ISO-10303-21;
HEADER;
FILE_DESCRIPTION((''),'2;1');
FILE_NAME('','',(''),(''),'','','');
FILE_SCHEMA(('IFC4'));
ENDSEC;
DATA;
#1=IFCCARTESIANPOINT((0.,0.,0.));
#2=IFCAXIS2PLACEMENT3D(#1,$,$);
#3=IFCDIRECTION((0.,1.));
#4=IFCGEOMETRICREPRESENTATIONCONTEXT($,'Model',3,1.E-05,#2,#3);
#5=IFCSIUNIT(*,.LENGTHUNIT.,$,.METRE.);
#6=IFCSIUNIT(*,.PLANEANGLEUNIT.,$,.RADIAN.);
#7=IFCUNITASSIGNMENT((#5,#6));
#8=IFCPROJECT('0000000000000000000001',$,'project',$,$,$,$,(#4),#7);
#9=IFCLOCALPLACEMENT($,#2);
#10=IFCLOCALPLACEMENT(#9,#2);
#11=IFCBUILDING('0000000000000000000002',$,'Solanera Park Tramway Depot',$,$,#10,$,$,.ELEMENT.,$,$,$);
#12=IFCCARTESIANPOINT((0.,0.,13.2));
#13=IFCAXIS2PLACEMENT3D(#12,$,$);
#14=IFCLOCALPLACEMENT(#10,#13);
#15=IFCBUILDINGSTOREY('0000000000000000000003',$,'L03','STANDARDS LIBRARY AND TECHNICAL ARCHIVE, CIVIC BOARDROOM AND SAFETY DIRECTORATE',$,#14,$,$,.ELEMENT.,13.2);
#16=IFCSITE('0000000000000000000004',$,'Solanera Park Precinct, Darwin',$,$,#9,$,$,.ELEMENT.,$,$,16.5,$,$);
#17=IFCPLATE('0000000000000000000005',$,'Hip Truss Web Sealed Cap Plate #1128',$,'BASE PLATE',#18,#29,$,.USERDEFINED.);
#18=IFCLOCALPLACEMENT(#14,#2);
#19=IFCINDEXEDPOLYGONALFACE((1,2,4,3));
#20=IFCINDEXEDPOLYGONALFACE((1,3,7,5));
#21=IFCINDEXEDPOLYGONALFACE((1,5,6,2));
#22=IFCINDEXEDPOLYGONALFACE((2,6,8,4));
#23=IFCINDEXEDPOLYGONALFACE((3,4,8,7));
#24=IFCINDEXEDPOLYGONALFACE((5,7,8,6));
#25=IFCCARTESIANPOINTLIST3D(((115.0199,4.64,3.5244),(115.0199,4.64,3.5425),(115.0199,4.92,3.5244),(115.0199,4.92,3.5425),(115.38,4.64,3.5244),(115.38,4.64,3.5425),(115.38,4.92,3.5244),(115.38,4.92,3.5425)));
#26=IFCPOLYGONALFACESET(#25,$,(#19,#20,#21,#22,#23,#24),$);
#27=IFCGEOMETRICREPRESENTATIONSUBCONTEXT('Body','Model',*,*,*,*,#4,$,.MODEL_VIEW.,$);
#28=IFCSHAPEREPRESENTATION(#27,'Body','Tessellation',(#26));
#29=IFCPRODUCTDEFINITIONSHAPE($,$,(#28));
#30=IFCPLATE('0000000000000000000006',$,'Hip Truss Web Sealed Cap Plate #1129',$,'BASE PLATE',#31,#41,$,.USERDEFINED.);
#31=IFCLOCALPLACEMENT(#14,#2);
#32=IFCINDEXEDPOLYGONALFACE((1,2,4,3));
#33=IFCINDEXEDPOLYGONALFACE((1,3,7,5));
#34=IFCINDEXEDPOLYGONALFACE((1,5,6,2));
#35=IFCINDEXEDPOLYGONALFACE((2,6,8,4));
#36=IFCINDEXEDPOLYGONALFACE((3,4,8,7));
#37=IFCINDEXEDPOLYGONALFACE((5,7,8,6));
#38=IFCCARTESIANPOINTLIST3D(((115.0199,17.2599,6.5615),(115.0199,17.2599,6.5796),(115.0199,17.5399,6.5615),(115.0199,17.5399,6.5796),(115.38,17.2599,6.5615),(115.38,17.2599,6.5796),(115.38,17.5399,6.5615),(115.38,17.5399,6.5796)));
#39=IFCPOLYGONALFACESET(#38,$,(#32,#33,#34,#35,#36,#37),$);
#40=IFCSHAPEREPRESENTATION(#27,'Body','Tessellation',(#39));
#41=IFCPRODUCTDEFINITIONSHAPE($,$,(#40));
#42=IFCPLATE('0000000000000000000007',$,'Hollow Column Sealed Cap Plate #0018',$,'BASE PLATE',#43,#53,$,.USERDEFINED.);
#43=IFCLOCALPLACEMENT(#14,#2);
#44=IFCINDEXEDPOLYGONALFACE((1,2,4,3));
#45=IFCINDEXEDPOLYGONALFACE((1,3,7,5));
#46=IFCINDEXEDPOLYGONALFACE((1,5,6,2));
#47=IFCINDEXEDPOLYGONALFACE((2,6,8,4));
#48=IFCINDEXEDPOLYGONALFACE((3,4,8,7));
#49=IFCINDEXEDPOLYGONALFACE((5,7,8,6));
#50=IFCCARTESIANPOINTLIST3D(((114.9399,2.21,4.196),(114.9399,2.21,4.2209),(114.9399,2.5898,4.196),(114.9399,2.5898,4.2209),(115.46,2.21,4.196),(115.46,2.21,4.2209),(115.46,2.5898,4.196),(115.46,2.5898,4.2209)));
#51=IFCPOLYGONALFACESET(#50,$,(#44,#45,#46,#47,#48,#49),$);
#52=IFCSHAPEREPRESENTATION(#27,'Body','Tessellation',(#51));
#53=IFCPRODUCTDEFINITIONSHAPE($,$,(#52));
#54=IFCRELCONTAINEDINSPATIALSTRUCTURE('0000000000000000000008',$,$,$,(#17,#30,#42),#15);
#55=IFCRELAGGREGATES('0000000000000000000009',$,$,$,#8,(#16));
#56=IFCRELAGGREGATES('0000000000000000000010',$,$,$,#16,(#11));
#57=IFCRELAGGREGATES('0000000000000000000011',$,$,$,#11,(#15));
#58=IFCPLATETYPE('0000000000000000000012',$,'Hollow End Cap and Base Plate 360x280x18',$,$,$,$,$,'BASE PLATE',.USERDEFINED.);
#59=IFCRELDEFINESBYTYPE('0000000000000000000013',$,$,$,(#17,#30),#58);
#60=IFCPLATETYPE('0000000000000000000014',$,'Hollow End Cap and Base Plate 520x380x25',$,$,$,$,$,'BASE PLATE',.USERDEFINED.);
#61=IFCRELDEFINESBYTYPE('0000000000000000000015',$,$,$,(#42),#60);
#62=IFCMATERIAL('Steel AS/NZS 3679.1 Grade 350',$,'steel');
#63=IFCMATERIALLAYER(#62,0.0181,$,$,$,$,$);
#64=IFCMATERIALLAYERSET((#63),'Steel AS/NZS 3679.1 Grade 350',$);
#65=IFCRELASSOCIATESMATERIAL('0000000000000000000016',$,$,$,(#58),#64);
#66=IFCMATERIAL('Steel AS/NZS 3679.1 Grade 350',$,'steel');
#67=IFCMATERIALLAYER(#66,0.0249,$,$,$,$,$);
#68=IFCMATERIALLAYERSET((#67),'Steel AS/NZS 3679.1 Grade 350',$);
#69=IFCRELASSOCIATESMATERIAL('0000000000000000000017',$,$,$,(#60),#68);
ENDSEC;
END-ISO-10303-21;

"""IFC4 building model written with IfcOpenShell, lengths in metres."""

from ifc_helpers import new_model, si_unit, direction, frame, origin, origin_2d, place, context, subcontext, project, spatial, rectangle, extrude, material, layer, layer_set, type_object, element, save


model = new_model("IFC4")

# Units and contexts
model_context = context("Model", 3, precision=1e-05, world=origin(), true_north=direction((0.0, 1.0)))
body_context = subcontext(model_context, "Body", "Model", "MODEL_VIEW")
ifc_project = project(units=[si_unit("LENGTHUNIT", "METRE"), si_unit("PLANEANGLEUNIT", "RADIAN")], contexts=[model_context])

# Site, building, storey
site_placement = place(None, origin())
site = spatial("IfcSite", under=ifc_project, at=site_placement, Name="Solanera Park Precinct, Darwin", CompositionType="ELEMENT", RefElevation=16.5)
building_placement = place(site_placement, origin())
building = spatial("IfcBuilding", under=site, at=building_placement, Name="Solanera Park Tramway Depot", CompositionType="ELEMENT")
storey_placement = place(building_placement, frame((0.0, 0.0, 13.2)))
storey = spatial("IfcBuildingStorey", under=building, at=storey_placement, Name="L03", Description="STANDARDS LIBRARY AND TECHNICAL ARCHIVE, CIVIC BOARDROOM AND SAFETY DIRECTORATE", CompositionType="ELEMENT", Elevation=13.2)

# Plates
ifc_material_1 = material(Name="Steel AS/NZS 3679.1 Grade 350", Category="steel")
ifc_layer_1 = layer(ifc_material_1, 0.0181)
ifc_layer_set_1 = layer_set([ifc_layer_1], Name="Steel AS/NZS 3679.1 Grade 350")
plate_type_1 = type_object("IfcPlateType", Name="Hollow End Cap and Base Plate 360x280x18", ElementType="BASE PLATE", PredefinedType="USERDEFINED", material=ifc_layer_set_1)
for number, where, z_axis, x_axis, name in (
    (1, (115.2, 4.78, 3.5244), (0.0, 0.0, 1.0), (1.0, 0.0, 0.0), "Hip Truss Web Sealed Cap Plate #1128"),
    (2, (115.2, 17.3999, 6.5615), (0.0, 0.0, 1.0), (1.0, 0.0, 0.0), "Hip Truss Web Sealed Cap Plate #1129"),
):
    element("IfcPlate", number, at=place(storey_placement, frame(where, z_axis=z_axis, x_axis=x_axis)), inside=storey, type_object=plate_type_1, Name=name, ObjectType="BASE PLATE", PredefinedType="USERDEFINED", context=body_context, shape_type="SweptSolid", body=[
        extrude(rectangle(XDim=0.3601, YDim=0.28, at=origin_2d()), origin(), (0.0, 0.0, 1.0), 0.0181),
    ])
ifc_material_2 = material(Name="Steel AS/NZS 3679.1 Grade 350", Category="steel")
ifc_layer_2 = layer(ifc_material_2, 0.0249)
ifc_layer_set_2 = layer_set([ifc_layer_2], Name="Steel AS/NZS 3679.1 Grade 350")
plate_type_2 = type_object("IfcPlateType", Name="Hollow End Cap and Base Plate 520x380x25", ElementType="BASE PLATE", PredefinedType="USERDEFINED", material=ifc_layer_set_2)
plate_placement = place(storey_placement, frame((115.2, 2.3999, 4.196), z_axis=(0.0, 0.0, 1.0), x_axis=(1.0, 0.0, 0.0)))
element("IfcPlate", 3, at=plate_placement, inside=storey, type_object=plate_type_2, Name="Hollow Column Sealed Cap Plate #0018", ObjectType="BASE PLATE", PredefinedType="USERDEFINED", context=body_context, shape_type="SweptSolid", body=[
    extrude(rectangle(XDim=0.52, YDim=0.3799, at=origin_2d()), origin(), (0.0, 0.0, 1.0), 0.0249),
])

save(model, "model.ifc")
